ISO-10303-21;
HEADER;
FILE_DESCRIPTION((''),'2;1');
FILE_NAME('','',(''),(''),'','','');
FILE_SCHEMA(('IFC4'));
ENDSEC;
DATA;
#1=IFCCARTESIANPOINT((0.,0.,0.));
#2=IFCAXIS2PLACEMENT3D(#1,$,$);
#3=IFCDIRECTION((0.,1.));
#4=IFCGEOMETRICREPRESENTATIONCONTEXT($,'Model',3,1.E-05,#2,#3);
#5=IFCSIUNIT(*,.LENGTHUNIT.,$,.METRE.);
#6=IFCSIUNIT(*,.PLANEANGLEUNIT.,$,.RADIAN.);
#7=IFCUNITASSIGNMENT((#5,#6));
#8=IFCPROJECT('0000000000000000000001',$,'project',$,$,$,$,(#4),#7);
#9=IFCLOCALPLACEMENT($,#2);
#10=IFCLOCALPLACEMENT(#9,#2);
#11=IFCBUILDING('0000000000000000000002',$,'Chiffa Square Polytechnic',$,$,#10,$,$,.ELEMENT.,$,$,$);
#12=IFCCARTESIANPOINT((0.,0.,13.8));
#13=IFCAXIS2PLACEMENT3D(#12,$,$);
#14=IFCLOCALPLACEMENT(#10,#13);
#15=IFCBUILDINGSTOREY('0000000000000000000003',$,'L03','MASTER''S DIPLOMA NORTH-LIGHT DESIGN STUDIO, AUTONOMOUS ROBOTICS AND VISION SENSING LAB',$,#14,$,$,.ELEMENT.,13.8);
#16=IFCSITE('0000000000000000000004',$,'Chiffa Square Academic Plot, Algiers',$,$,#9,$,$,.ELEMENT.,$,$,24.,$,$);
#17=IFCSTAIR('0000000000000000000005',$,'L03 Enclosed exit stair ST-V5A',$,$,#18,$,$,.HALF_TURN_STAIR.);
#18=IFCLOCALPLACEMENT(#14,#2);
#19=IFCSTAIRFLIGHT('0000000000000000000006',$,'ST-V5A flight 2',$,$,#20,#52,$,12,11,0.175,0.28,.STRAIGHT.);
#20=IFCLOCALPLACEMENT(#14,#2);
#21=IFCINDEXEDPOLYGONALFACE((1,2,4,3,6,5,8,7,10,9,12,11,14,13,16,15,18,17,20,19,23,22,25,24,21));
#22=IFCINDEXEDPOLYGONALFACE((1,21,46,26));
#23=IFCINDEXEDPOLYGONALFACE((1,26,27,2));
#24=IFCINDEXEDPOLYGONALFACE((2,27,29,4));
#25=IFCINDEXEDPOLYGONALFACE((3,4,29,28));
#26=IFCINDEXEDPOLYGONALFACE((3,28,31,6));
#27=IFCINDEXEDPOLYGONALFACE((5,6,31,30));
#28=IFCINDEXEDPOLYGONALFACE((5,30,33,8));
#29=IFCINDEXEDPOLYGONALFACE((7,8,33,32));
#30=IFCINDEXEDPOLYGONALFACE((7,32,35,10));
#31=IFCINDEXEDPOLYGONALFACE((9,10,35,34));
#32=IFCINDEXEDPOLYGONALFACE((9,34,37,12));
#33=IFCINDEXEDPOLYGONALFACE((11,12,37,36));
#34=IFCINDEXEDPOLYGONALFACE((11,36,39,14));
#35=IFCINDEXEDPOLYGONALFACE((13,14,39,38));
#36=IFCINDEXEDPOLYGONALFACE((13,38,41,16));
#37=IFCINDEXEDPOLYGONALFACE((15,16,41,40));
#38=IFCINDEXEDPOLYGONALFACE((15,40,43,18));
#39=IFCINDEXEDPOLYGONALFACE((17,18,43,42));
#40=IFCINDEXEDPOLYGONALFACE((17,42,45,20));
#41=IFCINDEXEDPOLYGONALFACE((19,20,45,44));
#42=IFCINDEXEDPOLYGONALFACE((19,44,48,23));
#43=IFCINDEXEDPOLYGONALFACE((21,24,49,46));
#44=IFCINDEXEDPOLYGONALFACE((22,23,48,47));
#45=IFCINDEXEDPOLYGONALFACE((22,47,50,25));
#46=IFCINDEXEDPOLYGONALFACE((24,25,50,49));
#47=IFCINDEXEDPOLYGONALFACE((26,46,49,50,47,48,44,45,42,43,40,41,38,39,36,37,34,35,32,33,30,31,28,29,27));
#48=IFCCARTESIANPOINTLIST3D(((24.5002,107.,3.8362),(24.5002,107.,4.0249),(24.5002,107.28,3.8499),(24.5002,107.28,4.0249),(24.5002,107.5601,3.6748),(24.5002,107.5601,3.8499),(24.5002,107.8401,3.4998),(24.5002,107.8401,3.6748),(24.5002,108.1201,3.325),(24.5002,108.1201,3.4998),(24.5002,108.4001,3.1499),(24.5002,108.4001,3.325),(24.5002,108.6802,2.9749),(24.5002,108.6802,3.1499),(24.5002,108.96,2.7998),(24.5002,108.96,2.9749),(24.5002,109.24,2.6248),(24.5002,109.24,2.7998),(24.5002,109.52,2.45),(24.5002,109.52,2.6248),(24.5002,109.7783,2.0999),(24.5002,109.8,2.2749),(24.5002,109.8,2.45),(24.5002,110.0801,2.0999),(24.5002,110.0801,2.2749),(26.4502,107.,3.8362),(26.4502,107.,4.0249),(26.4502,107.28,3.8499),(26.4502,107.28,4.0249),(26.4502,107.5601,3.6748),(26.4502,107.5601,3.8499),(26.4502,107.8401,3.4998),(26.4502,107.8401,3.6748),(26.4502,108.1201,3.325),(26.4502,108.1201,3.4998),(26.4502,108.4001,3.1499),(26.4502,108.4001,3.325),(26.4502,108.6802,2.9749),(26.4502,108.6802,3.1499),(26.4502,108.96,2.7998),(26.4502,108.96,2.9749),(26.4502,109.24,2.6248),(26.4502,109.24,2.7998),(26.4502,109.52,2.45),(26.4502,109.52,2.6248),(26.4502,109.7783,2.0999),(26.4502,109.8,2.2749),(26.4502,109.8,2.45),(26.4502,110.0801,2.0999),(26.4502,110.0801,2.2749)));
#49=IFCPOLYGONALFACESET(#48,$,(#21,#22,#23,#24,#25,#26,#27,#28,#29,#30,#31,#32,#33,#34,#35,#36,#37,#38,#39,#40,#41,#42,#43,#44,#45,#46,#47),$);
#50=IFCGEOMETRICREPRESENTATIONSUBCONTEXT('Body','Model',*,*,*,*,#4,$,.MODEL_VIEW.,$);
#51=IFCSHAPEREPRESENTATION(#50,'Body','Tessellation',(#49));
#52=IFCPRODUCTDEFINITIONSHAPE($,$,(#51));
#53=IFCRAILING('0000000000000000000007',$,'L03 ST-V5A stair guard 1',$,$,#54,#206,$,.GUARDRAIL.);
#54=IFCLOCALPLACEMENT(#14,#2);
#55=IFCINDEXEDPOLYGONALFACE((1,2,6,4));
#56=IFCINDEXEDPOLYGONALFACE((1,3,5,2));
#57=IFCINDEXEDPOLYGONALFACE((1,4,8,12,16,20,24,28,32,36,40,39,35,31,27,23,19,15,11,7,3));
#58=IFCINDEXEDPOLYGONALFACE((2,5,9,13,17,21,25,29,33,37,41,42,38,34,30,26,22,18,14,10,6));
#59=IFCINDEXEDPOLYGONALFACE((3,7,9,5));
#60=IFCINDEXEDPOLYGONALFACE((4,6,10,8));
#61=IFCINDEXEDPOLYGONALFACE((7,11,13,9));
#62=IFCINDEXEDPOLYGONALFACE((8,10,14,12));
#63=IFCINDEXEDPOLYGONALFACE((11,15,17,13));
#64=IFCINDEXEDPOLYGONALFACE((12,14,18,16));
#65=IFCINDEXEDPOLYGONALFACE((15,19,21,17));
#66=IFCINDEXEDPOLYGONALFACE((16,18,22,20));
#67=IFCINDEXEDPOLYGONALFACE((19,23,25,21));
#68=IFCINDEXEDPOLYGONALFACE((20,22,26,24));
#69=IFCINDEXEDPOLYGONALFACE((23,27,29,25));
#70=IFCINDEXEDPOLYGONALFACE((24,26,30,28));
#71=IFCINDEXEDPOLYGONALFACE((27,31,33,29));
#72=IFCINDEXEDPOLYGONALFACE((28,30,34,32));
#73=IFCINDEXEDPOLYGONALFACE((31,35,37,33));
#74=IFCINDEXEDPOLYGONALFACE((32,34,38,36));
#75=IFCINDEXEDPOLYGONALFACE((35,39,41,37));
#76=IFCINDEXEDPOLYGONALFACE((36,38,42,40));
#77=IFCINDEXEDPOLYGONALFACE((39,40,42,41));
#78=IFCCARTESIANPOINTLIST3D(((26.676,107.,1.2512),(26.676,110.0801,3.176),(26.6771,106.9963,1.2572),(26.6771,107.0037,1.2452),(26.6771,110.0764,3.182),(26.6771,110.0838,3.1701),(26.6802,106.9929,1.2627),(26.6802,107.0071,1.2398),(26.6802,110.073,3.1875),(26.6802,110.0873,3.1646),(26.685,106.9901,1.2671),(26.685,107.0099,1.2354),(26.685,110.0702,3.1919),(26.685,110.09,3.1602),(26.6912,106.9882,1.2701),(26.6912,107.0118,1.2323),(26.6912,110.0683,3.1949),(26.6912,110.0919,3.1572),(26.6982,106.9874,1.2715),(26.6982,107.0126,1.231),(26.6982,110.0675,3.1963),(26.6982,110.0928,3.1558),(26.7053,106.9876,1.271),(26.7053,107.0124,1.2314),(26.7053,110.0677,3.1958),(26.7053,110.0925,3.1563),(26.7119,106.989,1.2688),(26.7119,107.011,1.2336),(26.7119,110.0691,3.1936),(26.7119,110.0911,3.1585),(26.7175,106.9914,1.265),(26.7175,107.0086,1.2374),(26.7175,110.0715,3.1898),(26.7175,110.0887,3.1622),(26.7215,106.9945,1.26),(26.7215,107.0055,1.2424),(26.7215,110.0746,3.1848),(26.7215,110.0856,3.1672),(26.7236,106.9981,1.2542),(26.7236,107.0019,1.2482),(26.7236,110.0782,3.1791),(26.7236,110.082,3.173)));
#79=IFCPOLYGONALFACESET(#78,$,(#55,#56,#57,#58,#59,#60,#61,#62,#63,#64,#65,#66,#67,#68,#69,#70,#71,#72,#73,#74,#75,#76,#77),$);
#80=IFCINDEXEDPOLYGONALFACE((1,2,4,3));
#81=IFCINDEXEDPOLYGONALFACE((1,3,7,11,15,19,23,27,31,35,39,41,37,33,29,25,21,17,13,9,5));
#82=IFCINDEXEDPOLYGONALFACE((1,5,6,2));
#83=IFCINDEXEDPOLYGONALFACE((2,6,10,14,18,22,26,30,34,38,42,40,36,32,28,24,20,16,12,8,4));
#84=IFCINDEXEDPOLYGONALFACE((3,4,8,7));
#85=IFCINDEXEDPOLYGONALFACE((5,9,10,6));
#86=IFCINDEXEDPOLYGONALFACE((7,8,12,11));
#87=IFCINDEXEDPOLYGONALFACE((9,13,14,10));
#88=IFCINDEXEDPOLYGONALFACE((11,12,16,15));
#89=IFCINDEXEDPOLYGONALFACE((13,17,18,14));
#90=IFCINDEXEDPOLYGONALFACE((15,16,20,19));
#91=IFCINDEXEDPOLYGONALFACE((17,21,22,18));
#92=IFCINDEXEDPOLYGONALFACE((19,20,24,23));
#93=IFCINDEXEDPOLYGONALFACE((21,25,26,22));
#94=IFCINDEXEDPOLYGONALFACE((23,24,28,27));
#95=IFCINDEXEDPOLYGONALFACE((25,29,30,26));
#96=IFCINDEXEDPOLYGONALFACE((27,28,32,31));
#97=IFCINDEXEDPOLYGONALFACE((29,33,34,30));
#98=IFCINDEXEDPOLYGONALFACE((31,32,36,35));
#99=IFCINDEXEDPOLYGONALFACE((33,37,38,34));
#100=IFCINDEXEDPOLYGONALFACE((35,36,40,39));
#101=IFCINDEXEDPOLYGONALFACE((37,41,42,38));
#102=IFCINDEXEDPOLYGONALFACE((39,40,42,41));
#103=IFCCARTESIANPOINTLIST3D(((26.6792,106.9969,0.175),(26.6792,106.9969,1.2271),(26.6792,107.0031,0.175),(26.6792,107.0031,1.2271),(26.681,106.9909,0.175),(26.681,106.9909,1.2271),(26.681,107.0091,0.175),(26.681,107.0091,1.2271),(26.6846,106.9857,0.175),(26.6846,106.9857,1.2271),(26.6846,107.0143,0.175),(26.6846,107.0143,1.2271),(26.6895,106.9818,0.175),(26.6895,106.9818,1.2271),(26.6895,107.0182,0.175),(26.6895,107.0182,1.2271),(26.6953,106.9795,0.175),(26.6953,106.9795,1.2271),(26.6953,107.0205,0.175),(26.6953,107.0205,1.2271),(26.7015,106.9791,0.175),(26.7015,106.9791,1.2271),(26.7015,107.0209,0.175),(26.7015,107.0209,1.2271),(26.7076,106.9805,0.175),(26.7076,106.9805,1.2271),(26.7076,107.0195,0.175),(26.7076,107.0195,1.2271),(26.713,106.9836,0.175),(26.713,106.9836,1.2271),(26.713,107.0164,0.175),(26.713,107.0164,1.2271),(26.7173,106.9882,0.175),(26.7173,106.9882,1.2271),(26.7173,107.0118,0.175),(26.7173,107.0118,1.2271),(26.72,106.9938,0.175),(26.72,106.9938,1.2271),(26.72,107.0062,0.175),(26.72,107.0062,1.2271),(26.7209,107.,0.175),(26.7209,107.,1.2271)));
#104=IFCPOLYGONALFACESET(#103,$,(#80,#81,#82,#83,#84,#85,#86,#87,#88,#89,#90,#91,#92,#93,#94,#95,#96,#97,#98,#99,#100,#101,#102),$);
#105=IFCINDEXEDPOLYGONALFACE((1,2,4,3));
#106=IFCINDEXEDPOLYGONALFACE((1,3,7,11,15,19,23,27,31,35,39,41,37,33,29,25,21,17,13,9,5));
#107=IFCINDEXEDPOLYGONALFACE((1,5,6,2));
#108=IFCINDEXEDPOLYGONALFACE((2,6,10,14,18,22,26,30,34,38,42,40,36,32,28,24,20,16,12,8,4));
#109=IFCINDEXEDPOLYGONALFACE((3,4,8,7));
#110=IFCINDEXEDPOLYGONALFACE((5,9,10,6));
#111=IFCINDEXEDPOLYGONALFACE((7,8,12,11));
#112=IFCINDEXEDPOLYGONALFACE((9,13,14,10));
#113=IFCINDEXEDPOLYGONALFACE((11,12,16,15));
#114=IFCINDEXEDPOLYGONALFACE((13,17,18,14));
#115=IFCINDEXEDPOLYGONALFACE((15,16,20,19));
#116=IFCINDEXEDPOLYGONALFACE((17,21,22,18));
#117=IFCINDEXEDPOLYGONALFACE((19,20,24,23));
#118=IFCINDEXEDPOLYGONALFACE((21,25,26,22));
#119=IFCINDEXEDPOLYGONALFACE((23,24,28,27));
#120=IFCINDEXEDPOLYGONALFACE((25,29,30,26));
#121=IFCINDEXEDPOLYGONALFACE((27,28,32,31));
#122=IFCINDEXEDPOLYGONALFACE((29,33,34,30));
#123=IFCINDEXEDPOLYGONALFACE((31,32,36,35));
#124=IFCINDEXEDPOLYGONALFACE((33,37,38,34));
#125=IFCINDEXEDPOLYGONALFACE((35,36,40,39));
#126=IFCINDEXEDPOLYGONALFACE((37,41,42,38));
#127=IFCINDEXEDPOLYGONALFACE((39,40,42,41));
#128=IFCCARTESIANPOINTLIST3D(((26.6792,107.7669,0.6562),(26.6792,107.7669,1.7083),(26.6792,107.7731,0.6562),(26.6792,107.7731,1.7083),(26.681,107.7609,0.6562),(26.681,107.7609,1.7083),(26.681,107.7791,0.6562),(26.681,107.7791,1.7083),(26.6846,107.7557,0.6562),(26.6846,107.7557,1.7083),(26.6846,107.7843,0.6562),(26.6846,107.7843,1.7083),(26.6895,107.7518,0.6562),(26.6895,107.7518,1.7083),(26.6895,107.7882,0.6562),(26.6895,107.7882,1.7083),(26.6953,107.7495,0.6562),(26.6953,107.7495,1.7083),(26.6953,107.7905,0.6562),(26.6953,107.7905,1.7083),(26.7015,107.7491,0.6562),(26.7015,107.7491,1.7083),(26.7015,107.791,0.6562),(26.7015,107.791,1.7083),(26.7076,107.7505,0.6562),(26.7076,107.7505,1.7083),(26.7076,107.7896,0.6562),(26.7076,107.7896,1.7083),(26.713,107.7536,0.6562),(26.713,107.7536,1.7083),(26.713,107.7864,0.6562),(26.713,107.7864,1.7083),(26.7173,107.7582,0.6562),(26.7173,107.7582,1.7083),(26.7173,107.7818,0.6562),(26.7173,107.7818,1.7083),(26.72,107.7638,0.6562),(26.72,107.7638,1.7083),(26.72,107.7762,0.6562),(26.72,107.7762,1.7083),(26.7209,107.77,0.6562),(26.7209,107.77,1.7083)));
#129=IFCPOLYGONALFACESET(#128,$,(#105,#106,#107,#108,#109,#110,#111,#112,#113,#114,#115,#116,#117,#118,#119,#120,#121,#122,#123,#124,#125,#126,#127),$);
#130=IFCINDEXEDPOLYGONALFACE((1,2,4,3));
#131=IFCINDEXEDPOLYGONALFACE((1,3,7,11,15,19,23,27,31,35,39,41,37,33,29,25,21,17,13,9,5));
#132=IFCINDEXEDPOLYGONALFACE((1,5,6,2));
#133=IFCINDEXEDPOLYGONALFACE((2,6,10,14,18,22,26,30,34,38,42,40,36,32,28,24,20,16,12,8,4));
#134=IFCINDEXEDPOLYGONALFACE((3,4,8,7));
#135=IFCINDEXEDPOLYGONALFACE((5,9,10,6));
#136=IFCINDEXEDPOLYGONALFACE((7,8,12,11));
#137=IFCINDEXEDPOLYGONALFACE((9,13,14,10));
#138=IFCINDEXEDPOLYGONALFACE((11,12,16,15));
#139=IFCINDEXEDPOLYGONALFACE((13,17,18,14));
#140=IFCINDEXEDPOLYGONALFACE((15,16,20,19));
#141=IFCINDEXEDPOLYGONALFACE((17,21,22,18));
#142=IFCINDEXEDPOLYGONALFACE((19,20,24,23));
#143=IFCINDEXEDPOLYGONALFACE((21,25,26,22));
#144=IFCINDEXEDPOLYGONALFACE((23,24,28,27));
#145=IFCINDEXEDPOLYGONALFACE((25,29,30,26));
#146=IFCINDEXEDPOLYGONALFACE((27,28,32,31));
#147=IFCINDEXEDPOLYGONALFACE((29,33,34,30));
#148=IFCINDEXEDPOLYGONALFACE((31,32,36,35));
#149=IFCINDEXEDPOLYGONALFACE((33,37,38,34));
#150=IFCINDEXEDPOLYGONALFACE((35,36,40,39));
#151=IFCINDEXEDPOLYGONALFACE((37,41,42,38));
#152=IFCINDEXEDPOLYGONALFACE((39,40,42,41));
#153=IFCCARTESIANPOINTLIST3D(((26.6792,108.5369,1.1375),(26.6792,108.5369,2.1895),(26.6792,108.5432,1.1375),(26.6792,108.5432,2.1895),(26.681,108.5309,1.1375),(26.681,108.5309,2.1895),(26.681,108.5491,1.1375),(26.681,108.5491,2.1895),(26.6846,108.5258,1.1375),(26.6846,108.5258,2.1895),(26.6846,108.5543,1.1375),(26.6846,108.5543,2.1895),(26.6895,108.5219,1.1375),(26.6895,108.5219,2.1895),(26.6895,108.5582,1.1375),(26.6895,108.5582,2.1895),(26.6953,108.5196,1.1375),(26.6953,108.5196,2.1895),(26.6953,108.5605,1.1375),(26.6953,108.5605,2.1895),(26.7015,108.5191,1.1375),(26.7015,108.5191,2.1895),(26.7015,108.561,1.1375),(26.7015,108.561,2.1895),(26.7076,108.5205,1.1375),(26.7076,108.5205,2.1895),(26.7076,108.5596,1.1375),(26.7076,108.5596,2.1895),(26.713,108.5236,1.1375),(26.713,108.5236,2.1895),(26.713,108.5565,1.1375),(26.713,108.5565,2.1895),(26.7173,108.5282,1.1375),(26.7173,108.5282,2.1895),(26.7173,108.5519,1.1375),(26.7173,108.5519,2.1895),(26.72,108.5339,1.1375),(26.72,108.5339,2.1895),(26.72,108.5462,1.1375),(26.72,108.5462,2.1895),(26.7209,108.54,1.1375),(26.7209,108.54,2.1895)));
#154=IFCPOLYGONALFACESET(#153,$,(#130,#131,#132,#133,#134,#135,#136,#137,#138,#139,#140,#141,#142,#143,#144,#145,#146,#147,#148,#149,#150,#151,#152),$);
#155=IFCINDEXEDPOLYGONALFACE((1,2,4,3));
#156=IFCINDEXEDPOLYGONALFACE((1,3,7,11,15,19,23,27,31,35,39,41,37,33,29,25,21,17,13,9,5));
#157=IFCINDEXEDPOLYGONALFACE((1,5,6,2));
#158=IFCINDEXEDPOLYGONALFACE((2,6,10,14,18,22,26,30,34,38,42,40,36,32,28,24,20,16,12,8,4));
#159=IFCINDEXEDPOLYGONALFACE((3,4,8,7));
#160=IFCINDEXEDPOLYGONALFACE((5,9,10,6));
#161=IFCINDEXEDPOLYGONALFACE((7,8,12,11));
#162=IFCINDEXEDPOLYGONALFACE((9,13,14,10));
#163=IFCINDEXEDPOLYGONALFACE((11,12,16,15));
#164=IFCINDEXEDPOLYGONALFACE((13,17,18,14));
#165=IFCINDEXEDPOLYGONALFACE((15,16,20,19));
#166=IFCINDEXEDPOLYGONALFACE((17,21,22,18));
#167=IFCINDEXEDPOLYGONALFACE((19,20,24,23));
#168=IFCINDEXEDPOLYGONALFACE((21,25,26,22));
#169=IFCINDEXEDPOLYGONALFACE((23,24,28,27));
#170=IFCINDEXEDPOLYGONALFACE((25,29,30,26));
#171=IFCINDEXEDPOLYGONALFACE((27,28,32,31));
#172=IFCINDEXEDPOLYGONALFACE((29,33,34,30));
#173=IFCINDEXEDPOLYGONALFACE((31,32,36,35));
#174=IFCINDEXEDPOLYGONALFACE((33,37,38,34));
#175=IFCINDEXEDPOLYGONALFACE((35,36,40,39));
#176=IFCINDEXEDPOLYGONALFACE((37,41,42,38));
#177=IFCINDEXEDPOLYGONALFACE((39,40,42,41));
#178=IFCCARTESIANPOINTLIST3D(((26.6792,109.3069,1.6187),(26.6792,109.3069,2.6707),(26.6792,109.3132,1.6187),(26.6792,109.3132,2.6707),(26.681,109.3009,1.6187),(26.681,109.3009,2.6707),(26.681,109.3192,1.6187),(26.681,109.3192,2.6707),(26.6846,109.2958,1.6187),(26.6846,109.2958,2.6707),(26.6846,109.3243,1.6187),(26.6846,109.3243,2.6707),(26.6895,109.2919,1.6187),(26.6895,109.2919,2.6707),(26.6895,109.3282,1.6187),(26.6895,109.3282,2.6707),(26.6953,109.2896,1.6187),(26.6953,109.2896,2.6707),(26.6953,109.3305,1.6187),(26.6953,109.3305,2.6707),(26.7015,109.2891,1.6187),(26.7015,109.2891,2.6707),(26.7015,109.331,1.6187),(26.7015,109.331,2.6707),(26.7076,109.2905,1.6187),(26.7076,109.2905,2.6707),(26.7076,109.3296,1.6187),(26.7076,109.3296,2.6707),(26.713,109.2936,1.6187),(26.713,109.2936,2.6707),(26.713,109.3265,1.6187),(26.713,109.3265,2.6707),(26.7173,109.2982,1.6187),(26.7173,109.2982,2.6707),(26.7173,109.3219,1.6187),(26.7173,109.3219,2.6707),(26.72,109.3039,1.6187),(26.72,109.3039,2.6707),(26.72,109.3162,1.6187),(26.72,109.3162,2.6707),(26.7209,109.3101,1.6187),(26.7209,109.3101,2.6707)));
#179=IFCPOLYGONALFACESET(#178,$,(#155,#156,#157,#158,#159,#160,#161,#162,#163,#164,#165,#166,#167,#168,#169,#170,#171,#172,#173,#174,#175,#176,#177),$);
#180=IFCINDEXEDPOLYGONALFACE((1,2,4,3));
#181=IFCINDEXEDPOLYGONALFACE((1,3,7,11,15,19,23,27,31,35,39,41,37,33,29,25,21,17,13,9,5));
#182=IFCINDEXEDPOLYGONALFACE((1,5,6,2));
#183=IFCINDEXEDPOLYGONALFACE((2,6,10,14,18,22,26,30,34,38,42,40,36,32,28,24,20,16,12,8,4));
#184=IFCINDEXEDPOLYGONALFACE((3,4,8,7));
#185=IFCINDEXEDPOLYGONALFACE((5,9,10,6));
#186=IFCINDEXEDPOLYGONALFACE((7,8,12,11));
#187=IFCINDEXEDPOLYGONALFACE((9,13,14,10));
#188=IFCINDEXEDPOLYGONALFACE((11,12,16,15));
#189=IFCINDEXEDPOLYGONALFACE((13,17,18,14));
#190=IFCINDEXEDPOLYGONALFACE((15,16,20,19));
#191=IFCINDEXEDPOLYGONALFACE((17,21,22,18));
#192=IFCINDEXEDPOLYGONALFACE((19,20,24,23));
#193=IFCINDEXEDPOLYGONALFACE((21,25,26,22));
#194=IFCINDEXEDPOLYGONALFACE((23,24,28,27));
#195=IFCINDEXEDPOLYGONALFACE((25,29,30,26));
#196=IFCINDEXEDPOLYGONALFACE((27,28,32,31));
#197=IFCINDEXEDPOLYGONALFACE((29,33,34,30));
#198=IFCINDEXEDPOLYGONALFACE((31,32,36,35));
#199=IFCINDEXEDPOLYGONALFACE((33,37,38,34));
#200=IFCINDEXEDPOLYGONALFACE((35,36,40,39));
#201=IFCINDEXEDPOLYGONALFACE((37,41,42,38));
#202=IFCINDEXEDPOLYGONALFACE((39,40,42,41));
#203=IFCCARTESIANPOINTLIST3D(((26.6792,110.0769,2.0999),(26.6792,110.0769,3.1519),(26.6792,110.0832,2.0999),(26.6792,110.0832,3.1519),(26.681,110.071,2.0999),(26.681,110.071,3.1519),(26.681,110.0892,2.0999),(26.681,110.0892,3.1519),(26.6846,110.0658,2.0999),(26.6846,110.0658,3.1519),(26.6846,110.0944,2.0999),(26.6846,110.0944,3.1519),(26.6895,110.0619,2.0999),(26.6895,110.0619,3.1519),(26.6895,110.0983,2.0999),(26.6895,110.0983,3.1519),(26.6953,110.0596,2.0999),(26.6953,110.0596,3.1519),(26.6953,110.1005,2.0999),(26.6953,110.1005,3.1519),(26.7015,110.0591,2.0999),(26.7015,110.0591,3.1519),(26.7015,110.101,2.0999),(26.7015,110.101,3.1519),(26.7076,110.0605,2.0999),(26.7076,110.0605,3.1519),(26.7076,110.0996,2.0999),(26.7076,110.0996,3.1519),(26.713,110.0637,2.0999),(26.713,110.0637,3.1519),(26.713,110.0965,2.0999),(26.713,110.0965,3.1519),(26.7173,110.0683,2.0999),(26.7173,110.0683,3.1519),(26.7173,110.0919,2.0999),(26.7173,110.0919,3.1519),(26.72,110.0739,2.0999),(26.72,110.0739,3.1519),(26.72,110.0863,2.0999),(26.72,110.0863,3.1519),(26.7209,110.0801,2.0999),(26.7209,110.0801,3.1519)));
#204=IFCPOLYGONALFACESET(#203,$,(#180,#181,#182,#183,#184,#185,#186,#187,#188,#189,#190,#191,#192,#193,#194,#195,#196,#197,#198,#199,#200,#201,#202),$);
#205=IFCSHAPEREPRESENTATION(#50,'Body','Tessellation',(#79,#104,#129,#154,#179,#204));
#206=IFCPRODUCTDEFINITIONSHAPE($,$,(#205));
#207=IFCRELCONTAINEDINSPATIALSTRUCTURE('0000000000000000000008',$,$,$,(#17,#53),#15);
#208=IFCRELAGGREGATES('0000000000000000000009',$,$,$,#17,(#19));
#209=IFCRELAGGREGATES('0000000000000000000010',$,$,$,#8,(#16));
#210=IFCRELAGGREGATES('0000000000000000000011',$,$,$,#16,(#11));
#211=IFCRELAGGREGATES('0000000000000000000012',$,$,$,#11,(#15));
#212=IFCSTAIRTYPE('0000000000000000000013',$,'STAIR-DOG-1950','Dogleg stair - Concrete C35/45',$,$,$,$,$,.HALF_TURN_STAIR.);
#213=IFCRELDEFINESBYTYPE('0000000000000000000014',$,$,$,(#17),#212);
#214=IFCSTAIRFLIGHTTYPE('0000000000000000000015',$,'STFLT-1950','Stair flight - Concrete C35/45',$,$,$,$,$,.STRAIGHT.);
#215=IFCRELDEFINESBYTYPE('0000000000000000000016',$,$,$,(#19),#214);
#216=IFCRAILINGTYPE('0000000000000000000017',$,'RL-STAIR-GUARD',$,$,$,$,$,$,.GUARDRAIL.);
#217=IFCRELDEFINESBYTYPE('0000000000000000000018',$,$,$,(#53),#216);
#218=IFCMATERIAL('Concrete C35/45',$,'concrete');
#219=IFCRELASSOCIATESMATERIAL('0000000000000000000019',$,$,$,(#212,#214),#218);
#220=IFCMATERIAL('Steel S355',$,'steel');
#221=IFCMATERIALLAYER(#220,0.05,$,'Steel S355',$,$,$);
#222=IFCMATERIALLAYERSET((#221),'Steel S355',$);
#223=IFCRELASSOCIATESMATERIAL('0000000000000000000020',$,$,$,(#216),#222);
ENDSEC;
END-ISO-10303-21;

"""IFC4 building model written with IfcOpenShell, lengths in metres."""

from ifc_helpers import new_model, si_unit, direction, frame, origin, origin_2d, place, context, subcontext, project, spatial, polyline, circle, outline, extrude, material, layer, layer_set, type_object, element, aggregate, save


model = new_model("IFC4")

# Units and contexts
model_context = context("Model", 3, precision=1e-05, world=origin(), true_north=direction((0.0, 1.0)))
body_context = subcontext(model_context, "Body", "Model", "MODEL_VIEW")
ifc_project = project(units=[si_unit("LENGTHUNIT", "METRE"), si_unit("PLANEANGLEUNIT", "RADIAN")], contexts=[model_context])

# Site, building, storey
site_placement = place(None, origin())
site = spatial("IfcSite", under=ifc_project, at=site_placement, Name="Chiffa Square Academic Plot, Algiers", CompositionType="ELEMENT", RefElevation=24.0)
building_placement = place(site_placement, origin())
building = spatial("IfcBuilding", under=site, at=building_placement, Name="Chiffa Square Polytechnic", CompositionType="ELEMENT")
storey_placement = place(building_placement, frame((0.0, 0.0, 13.8)))
storey = spatial("IfcBuildingStorey", under=building, at=storey_placement, Name="L03", Description="MASTER'S DIPLOMA NORTH-LIGHT DESIGN STUDIO, AUTONOMOUS ROBOTICS AND VISION SENSING LAB", CompositionType="ELEMENT", Elevation=13.8)

# Shared definitions
ifc_material_1 = material(Name="Concrete C35/45", Category="concrete")

# Stair, stair flight
stair_type = type_object("IfcStairType", Name="STAIR-DOG-1950", Description="Dogleg stair - Concrete C35/45", PredefinedType="HALF_TURN_STAIR", material=ifc_material_1)
stair_placement = place(storey_placement, origin())
stair = element("IfcStair", 1, at=stair_placement, inside=storey, type_object=stair_type, Name="L03 Enclosed exit stair ST-V5A", PredefinedType="HALF_TURN_STAIR")
stair_flight_type = type_object("IfcStairFlightType", Name="STFLT-1950", Description="Stair flight - Concrete C35/45", PredefinedType="STRAIGHT", material=ifc_material_1)
stair_flight_1_placement = place(storey_placement, frame((25.4751, 110.0801, 2.0999), z_axis=(0.0, 0.0, 1.0), x_axis=(0.0, -1.0, 0.0)))
stair_flight_1 = element("IfcStairFlight", 2, at=stair_flight_1_placement, type_object=stair_flight_type, Name="ST-V5A flight 2", NumberOfRisers=12, NumberOfTreads=11, PredefinedType="STRAIGHT", RiserHeight=0.175, TreadLength=0.28, context=body_context, shape_type="SweptSolid", body=[
    extrude(outline(polyline([(0.0, 0.0), (0.0, 0.175), (0.28, 0.175), (0.28, 0.3501), (0.5601, 0.3501), (0.5601, 0.5249), (0.8401, 0.5249), (0.8401, 0.7), (1.1201, 0.7), (1.1201, 0.875), (1.3999, 0.875), (1.3999, 1.05), (1.6799, 1.05), (1.6799, 1.2251), (1.96, 1.2251), (1.96, 1.3999), (2.24, 1.3999), (2.24, 1.575), (2.52, 1.575), (2.52, 1.75), (2.8, 1.75), (2.8, 1.925), (3.0801, 1.925), (3.0801, 2.1001), (3.0801, 1.7363), (0.3018, 0.0), (0.0, 0.0)])), frame((0.0, 0.9751, 0.0), z_axis=(0.0, -1.0, 0.0), x_axis=(1.0, 0.0, 0.0)), (0.0, 0.0, 1.0), 1.95),
])
aggregate(stair, [stair_flight_1])

# Railing
ifc_material_2 = material(Name="Steel S355", Category="steel")
ifc_layer_1 = layer(ifc_material_2, 0.05, Name="Steel S355")
ifc_layer_set_1 = layer_set([ifc_layer_1], Name="Steel S355")
railing_type_1 = type_object("IfcRailingType", Name="RL-STAIR-GUARD", PredefinedType="GUARDRAIL", material=ifc_layer_set_1)
railing_1_placement = place(storey_placement, frame((26.7, 107.0, 0.175)))
element("IfcRailing", 3, at=railing_1_placement, inside=storey, type_object=railing_type_1, Name="L03 ST-V5A stair guard 1", PredefinedType="GUARDRAIL", context=body_context, shape_type="SweptSolid", body=[
    extrude(circle(Radius=0.0239, at=origin_2d()), frame((0.0, 0.0, 1.0762), z_axis=(0.0, 0.848029, 0.529951), x_axis=(-1.0, 0.0, 0.0)), (0.0, 0.0, 1.0), 3.6321),
    extrude(circle(Radius=0.021, at=origin_2d()), origin(), (0.0, 0.0, 1.0), 1.052),
    extrude(circle(Radius=0.021, at=origin_2d()), frame((0.0, 0.77, 0.4812)), (0.0, 0.0, 1.0), 1.052),
    extrude(circle(Radius=0.021, at=origin_2d()), frame((0.0, 1.54, 0.9624)), (0.0, 0.0, 1.0), 1.052),
    extrude(circle(Radius=0.021, at=origin_2d()), frame((0.0, 2.3101, 1.4436)), (0.0, 0.0, 1.0), 1.052),
    extrude(circle(Radius=0.021, at=origin_2d()), frame((0.0, 3.0801, 1.9248)), (0.0, 0.0, 1.0), 1.052),
])

save(model, "model.ifc")
